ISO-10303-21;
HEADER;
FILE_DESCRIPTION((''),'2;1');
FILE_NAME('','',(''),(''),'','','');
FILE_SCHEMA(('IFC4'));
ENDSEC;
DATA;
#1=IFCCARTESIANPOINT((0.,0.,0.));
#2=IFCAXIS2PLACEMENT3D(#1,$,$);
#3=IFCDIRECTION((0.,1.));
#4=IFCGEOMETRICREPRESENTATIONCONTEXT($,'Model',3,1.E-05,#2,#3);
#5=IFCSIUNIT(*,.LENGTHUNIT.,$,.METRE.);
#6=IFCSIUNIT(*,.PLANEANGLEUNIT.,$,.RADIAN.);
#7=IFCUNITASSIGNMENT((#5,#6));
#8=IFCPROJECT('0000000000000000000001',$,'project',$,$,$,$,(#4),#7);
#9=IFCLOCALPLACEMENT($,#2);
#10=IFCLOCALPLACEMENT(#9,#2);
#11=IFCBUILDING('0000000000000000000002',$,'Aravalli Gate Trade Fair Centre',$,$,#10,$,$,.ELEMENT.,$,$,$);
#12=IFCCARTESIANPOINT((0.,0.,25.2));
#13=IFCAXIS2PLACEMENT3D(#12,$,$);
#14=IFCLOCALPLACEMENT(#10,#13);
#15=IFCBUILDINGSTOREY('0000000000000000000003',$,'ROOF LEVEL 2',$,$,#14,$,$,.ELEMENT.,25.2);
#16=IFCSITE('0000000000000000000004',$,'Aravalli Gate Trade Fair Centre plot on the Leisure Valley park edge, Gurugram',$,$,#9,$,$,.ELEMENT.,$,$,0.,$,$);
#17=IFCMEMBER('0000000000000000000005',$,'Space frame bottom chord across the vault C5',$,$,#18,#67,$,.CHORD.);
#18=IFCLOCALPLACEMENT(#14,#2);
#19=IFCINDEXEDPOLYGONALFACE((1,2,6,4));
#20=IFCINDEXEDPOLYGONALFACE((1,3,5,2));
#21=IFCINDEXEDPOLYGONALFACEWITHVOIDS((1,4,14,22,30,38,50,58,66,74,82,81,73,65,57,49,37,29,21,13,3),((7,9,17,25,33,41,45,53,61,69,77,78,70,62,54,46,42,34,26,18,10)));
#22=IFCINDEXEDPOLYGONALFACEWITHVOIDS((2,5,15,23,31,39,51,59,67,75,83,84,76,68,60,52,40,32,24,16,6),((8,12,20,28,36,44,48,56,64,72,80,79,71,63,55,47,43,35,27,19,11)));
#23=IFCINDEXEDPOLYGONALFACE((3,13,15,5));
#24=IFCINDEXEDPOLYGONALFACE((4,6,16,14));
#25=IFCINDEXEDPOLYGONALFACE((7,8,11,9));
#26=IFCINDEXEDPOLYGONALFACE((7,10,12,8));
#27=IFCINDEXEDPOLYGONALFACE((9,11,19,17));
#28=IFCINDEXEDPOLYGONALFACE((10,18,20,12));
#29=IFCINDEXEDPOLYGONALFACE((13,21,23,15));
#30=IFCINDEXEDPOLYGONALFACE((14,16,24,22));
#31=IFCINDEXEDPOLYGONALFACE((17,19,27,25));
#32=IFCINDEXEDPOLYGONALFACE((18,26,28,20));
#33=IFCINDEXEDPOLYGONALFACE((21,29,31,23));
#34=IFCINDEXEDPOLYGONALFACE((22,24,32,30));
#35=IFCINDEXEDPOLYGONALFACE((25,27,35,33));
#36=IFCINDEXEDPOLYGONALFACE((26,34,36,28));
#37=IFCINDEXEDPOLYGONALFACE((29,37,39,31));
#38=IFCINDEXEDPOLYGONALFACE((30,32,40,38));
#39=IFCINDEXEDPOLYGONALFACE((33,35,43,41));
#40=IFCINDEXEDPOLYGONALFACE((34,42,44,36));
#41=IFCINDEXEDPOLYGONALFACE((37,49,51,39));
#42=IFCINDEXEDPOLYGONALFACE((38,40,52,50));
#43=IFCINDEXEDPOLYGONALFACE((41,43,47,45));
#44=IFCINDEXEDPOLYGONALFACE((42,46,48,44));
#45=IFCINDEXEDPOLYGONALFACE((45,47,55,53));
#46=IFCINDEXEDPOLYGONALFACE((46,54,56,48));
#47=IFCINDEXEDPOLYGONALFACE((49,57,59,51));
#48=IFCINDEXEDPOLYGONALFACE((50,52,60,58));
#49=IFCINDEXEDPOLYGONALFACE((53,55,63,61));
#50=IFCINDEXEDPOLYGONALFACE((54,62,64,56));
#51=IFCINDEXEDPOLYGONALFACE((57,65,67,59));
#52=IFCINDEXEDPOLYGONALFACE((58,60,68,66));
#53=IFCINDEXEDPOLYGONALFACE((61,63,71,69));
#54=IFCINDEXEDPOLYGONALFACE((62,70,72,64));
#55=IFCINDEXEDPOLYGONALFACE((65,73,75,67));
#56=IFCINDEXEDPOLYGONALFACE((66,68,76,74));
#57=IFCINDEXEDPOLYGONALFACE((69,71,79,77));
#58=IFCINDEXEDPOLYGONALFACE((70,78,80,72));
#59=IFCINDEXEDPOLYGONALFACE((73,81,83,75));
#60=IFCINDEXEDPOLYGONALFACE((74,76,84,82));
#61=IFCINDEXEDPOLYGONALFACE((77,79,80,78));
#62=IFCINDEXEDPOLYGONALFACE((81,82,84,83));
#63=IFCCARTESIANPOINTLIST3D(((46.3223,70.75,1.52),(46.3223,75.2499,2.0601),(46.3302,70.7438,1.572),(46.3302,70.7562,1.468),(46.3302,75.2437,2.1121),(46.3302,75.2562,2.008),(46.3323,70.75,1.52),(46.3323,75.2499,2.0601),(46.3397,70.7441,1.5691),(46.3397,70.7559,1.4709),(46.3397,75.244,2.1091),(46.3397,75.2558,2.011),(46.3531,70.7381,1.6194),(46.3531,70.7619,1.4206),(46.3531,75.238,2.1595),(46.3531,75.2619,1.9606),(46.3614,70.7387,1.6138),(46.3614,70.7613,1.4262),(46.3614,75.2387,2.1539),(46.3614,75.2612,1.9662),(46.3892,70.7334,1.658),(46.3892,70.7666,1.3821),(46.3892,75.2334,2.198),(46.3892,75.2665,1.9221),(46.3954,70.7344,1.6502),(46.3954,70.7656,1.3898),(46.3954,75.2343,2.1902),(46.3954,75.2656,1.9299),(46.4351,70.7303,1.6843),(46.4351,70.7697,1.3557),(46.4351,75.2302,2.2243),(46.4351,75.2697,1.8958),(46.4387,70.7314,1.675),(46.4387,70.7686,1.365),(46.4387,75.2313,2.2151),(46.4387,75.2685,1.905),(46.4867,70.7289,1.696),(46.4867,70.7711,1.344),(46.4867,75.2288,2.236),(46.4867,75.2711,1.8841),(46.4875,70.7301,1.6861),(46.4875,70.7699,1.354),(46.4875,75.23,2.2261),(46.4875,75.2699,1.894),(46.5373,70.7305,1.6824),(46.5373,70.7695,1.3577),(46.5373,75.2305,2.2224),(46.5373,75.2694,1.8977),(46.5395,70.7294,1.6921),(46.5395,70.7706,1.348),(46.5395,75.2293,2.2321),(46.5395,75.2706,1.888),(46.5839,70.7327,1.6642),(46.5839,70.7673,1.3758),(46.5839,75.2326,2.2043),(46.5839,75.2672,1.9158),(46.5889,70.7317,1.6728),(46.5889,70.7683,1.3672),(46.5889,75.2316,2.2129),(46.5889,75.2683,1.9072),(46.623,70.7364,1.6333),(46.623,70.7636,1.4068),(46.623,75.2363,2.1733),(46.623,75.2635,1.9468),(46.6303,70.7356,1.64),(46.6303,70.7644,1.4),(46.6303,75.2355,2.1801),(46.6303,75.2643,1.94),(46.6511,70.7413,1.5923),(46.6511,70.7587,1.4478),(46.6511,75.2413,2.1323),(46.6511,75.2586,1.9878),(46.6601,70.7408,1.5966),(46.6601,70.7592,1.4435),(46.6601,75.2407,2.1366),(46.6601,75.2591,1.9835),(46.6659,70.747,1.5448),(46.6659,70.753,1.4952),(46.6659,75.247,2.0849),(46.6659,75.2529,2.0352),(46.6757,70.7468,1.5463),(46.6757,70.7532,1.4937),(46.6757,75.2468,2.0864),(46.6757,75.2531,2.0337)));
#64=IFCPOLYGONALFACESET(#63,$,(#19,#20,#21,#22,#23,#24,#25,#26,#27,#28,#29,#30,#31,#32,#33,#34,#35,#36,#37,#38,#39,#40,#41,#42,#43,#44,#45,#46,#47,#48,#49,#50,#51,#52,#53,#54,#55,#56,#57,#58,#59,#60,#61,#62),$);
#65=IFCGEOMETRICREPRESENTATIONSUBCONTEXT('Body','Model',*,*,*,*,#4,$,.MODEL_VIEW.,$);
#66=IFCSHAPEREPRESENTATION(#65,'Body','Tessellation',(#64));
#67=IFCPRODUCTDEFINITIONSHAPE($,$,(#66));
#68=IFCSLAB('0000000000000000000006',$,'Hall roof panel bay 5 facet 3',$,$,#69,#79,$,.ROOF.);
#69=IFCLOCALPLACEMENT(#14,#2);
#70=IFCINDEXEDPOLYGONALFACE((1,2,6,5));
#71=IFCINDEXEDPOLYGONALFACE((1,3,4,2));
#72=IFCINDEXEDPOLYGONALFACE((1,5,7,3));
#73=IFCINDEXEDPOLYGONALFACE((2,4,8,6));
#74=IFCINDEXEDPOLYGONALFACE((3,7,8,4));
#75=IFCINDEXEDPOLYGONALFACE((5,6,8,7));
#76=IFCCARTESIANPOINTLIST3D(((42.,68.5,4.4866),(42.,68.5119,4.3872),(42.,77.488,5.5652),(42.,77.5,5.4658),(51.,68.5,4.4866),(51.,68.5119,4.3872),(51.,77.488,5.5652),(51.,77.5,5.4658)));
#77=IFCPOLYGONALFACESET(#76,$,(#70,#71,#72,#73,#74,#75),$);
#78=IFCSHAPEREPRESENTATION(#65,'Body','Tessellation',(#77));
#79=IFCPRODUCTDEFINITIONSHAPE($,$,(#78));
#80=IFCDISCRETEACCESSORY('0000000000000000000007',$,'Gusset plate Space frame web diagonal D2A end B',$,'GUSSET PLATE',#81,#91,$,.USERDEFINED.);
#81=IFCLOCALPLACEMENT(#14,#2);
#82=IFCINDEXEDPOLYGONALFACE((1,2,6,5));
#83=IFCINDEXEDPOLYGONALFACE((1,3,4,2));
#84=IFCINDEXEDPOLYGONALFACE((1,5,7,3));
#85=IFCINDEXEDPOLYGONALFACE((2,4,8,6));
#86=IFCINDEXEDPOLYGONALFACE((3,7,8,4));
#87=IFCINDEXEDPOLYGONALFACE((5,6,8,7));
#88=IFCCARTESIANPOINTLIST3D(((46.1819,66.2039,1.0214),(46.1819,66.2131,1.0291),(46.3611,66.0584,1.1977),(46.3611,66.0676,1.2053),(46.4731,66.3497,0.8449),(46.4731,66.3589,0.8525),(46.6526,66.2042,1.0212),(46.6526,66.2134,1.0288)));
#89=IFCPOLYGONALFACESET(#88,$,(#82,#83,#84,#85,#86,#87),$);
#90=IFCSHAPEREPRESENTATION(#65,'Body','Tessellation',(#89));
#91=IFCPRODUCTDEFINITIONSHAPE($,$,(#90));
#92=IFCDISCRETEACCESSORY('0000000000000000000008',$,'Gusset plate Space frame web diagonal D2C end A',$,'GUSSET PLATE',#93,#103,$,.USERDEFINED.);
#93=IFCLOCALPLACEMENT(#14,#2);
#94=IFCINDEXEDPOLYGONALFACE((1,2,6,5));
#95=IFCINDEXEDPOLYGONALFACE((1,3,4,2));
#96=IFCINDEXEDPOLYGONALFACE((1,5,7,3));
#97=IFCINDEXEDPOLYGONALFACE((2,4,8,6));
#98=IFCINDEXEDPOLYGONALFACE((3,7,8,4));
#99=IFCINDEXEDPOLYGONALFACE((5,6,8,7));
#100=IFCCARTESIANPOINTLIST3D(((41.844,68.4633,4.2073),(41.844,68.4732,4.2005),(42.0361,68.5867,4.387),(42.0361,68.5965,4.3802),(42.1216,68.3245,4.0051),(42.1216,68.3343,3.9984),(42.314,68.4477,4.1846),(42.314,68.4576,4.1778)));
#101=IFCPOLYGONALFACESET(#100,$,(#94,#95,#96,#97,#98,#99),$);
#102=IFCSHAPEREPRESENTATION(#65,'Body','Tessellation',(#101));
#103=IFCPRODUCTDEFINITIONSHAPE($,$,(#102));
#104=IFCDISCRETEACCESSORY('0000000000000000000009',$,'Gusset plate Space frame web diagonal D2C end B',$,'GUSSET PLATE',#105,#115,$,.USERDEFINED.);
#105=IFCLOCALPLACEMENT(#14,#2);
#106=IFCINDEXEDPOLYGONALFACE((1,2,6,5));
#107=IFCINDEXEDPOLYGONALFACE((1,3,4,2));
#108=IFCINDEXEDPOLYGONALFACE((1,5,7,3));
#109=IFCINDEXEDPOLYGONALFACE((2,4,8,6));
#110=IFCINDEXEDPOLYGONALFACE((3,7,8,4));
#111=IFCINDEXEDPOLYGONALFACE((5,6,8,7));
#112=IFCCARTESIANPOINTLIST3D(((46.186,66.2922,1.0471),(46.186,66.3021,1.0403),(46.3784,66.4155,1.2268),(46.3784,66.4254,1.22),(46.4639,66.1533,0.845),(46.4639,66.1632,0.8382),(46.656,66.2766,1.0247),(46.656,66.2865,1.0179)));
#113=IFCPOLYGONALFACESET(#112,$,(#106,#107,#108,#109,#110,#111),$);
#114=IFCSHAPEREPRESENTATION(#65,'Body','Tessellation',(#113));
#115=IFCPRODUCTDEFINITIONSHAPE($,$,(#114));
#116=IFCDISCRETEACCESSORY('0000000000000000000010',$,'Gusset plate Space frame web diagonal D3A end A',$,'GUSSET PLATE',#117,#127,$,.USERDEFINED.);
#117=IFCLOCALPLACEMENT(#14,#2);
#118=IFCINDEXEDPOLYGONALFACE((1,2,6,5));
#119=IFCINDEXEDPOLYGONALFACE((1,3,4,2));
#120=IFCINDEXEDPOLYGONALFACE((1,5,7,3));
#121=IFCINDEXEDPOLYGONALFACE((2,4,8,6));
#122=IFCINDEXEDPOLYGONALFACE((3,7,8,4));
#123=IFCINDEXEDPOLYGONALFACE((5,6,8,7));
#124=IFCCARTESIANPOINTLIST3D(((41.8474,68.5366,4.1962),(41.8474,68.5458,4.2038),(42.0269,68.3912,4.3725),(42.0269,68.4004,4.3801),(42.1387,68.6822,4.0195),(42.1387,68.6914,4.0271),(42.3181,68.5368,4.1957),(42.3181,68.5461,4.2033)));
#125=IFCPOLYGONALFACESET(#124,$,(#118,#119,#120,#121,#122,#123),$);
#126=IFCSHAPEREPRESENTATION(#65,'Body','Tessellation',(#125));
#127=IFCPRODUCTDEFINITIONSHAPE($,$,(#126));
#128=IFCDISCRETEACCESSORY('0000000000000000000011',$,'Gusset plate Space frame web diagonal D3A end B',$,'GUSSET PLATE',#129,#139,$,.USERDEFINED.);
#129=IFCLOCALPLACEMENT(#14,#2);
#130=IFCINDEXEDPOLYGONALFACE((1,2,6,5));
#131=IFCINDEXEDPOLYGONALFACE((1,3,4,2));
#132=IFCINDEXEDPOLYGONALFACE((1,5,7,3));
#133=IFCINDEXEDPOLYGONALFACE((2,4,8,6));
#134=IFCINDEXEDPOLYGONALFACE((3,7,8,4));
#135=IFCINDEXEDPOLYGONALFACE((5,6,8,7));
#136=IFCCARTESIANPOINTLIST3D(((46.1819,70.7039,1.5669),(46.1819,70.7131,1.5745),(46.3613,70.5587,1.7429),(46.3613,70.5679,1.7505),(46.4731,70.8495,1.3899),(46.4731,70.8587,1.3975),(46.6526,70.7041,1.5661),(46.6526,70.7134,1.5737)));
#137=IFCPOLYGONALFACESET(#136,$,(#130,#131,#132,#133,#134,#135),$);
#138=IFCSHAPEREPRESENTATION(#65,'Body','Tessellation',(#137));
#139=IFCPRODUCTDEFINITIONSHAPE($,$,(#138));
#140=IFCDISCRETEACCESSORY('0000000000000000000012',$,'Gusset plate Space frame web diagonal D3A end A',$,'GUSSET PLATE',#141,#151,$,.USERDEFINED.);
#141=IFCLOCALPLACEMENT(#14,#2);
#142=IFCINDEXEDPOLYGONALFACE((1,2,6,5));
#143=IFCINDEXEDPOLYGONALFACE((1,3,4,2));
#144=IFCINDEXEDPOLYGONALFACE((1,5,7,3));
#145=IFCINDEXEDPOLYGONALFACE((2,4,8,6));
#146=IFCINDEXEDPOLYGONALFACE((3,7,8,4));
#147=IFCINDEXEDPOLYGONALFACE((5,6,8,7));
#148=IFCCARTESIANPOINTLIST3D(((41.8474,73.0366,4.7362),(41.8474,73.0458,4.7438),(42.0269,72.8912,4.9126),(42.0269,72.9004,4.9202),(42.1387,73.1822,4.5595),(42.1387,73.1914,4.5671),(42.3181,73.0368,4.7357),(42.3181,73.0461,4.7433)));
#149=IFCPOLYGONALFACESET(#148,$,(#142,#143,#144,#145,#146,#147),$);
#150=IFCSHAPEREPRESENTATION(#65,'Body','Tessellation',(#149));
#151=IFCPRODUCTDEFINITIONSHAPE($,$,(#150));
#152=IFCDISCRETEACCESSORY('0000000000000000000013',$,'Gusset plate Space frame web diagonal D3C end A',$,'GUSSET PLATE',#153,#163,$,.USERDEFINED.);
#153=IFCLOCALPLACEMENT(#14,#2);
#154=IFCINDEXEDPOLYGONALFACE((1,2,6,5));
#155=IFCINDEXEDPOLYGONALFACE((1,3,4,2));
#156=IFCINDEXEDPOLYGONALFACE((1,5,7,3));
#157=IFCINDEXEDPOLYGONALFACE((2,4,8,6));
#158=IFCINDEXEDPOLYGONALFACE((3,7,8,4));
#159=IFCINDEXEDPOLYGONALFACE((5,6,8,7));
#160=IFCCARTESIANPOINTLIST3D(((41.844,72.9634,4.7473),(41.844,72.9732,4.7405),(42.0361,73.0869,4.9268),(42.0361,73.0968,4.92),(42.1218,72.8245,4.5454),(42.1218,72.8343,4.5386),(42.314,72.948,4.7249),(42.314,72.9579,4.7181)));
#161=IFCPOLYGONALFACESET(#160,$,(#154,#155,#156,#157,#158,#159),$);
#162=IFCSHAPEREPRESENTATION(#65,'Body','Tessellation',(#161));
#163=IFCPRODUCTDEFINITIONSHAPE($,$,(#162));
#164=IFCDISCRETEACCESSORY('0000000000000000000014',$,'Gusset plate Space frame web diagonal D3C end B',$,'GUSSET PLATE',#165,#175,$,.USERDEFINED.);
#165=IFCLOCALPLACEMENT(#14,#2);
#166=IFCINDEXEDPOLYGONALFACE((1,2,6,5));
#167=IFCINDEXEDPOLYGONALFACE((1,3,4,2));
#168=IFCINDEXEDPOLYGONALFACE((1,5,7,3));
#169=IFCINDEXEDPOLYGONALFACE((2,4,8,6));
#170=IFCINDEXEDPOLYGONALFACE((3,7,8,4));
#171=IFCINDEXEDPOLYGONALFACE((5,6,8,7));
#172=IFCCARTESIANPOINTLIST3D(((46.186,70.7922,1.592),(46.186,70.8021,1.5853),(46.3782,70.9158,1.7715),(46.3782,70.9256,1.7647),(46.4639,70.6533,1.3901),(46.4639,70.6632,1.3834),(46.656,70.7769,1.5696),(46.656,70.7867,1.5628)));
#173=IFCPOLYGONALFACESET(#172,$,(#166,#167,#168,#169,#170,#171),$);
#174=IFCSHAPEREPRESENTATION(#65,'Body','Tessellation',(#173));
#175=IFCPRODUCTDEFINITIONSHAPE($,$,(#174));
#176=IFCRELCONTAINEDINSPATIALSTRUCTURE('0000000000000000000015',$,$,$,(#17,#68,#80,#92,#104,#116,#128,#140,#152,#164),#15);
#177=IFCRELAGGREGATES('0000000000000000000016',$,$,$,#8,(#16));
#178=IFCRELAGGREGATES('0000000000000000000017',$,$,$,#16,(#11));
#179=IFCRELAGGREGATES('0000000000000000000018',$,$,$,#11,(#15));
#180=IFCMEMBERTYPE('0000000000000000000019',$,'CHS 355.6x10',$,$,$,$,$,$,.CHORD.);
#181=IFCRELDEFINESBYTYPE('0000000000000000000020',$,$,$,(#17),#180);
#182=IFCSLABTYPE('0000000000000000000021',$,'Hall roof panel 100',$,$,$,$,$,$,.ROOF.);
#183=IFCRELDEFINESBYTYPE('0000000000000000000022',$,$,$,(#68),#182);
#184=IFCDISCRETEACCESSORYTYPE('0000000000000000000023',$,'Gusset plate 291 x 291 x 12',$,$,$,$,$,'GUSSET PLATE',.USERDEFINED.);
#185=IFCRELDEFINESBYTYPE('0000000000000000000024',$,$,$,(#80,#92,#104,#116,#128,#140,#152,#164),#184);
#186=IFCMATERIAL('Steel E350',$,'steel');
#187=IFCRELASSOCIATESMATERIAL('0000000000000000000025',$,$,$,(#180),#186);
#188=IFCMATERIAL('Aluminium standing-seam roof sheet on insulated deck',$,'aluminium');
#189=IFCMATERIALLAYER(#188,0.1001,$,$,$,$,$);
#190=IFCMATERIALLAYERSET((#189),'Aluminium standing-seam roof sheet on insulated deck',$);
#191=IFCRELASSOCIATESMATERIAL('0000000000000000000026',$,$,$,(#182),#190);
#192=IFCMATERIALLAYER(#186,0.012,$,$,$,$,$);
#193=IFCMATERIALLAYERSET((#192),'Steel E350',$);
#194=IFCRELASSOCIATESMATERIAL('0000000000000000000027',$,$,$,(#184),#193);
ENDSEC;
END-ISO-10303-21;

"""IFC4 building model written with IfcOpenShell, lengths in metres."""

from ifc_helpers import new_model, si_unit, direction, frame, origin, origin_2d, place, context, subcontext, project, spatial, polyline, hollow_circle, outline, extrude, material, layer, layer_set, material_profile, profile_set, type_object, element, save


model = new_model("IFC4")

# Units and contexts
model_context = context("Model", 3, precision=1e-05, world=origin(), true_north=direction((0.0, 1.0)))
body_context = subcontext(model_context, "Body", "Model", "MODEL_VIEW")
ifc_project = project(units=[si_unit("LENGTHUNIT", "METRE"), si_unit("PLANEANGLEUNIT", "RADIAN")], contexts=[model_context])

# Site, building, storey
site_placement = place(None, origin())
site = spatial("IfcSite", under=ifc_project, at=site_placement, Name="Aravalli Gate Trade Fair Centre plot on the Leisure Valley park edge, Gurugram", CompositionType="ELEMENT", RefElevation=0.0)
building_placement = place(site_placement, origin())
building = spatial("IfcBuilding", under=site, at=building_placement, Name="Aravalli Gate Trade Fair Centre", CompositionType="ELEMENT")
storey_placement = place(building_placement, frame((0.0, 0.0, 25.2)))
storey = spatial("IfcBuildingStorey", under=building, at=storey_placement, Name="ROOF LEVEL 2", CompositionType="ELEMENT", Elevation=25.2)

# Member
ifc_material_1 = material(Name="Steel E350", Category="steel")
ifc_material_profile_1 = material_profile(ifc_material_1, hollow_circle(Radius=0.1777, WallThickness=0.01, at=origin_2d()), Name="CHS 355.6x10")
ifc_profile_set_1 = profile_set([ifc_material_profile_1], Name="Steel E350")
member_type_1 = type_object("IfcMemberType", Name="CHS 355.6x10", PredefinedType="CHORD", material=ifc_profile_set_1)
member_1_placement = place(storey_placement, frame((46.5, 70.75, 1.52), z_axis=(0.0, 0.992876, 0.119154), x_axis=(-1.0, 0.0, 0.0)))
element("IfcMember", 1, at=member_1_placement, inside=storey, type_object=member_type_1, Name="Space frame bottom chord across the vault C5", PredefinedType="CHORD", context=body_context, shape_type="SweptSolid", body=[
    extrude(hollow_circle(Radius=0.1777, WallThickness=0.01, at=origin_2d()), origin(), (0.0, 0.0, 1.0), 4.5322),
])

# Slab
ifc_material_2 = material(Name="Aluminium standing-seam roof sheet on insulated deck", Category="aluminium")
ifc_layer_1 = layer(ifc_material_2, 0.1001)
ifc_layer_set_1 = layer_set([ifc_layer_1], Name="Aluminium standing-seam roof sheet on insulated deck")
slab_type = type_object("IfcSlabType", Name="Hall roof panel 100", PredefinedType="ROOF", material=ifc_layer_set_1)
slab_placement = place(storey_placement, frame((42.0, 68.5, 4.4866), z_axis=(0.0, -0.119151, 0.992876), x_axis=(1.0, 0.0, 0.0)))
element("IfcSlab", 2, at=slab_placement, inside=storey, type_object=slab_type, Name="Hall roof panel bay 5 facet 3", PredefinedType="ROOF", context=body_context, shape_type="SweptSolid", body=[
    extrude(outline(polyline([(0.0, 0.0), (9.0, 0.0), (9.0, 9.0525), (0.0, 9.0525), (0.0, 0.0)])), origin(), (0.0, 0.0, -1.0), 0.1001),
])

# Discrete accessories
ifc_layer_2 = layer(ifc_material_1, 0.012)
ifc_layer_set_2 = layer_set([ifc_layer_2], Name="Steel E350")
discrete_accessory_type = type_object("IfcDiscreteAccessoryType", Name="Gusset plate 291 x 291 x 12", ElementType="GUSSET PLATE", PredefinedType="USERDEFINED", material=ifc_layer_set_2)
discrete_accessory_1_placement = place(storey_placement, frame((46.1819, 66.2131, 1.0291), z_axis=(-0.00007, 0.771155, 0.636648), x_axis=(0.786233, 0.393446, -0.476485)))
element("IfcDiscreteAccessory", 3, at=discrete_accessory_1_placement, inside=storey, type_object=discrete_accessory_type, Name="Gusset plate Space frame web diagonal D2A end B", ObjectType="GUSSET PLATE", PredefinedType="USERDEFINED", context=body_context, shape_type="SweptSolid", body=[
    extrude(outline(polyline([(0.0, 0.0), (0.3704, 0.0), (0.3703, -0.2906), (-0.0003, -0.2904), (0.0, 0.0)])), origin(), (0.0, 0.0, -1.0), 0.012),
])
discrete_accessory_2_placement = place(storey_placement, frame((42.1216, 68.3245, 4.0051), z_axis=(-0.000059, -0.824356, 0.566072), x_axis=(-0.749371, 0.374861, 0.545822)))
element("IfcDiscreteAccessory", 4, at=discrete_accessory_2_placement, inside=storey, type_object=discrete_accessory_type, Name="Gusset plate Space frame web diagonal D2C end A", ObjectType="GUSSET PLATE", PredefinedType="USERDEFINED", context=body_context, shape_type="SweptSolid", body=[
    extrude(outline(polyline([(0.0, 0.0), (0.3704, 0.0), (0.3707, -0.2905), (0.0, -0.2905), (0.0, 0.0)])), origin(), (0.0, 0.0, -1.0), 0.012),
])
discrete_accessory_3_placement = place(storey_placement, frame((46.186, 66.2922, 1.0471), z_axis=(-0.000356, -0.824387, 0.566027), x_axis=(0.74966, -0.37483, -0.545447)))
element("IfcDiscreteAccessory", 5, at=discrete_accessory_3_placement, inside=storey, type_object=discrete_accessory_type, Name="Gusset plate Space frame web diagonal D2C end B", ObjectType="GUSSET PLATE", PredefinedType="USERDEFINED", context=body_context, shape_type="SweptSolid", body=[
    extrude(outline(polyline([(0.0, 0.0), (0.3706, 0.0), (0.3704, 0.2905), (0.0, 0.2907), (0.0, 0.0)])), origin(), (0.0, 0.0, -1.0), 0.012),
])
discrete_accessory_4_placement = place(storey_placement, frame((42.1387, 68.6914, 4.0271), z_axis=(0.00026, 0.771582, 0.63613), x_axis=(-0.78619, -0.392962, 0.476956)))
element("IfcDiscreteAccessory", 6, at=discrete_accessory_4_placement, inside=storey, type_object=discrete_accessory_type, Name="Gusset plate Space frame web diagonal D3A end A", ObjectType="GUSSET PLATE", PredefinedType="USERDEFINED", context=body_context, shape_type="SweptSolid", body=[
    extrude(outline(polyline([(0.0, 0.0), (0.3705, 0.0), (0.3706, 0.2906), (0.0001, 0.2905), (0.0, 0.0)])), origin(), (0.0, 0.0, -1.0), 0.012),
])
discrete_accessory_5_placement = place(storey_placement, frame((46.1819, 70.7131, 1.5745), z_axis=(0.000589, 0.771792, 0.635874), x_axis=(0.785943, 0.392803, -0.477493)))
element("IfcDiscreteAccessory", 7, at=discrete_accessory_5_placement, inside=storey, type_object=discrete_accessory_type, Name="Gusset plate Space frame web diagonal D3A end B", ObjectType="GUSSET PLATE", PredefinedType="USERDEFINED", context=body_context, shape_type="SweptSolid", body=[
    extrude(outline(polyline([(0.0, 0.0), (0.3706, 0.0), (0.3704, -0.2905), (-0.0001, -0.2903), (0.0, 0.0)])), origin(), (0.0, 0.0, -1.0), 0.012),
])
discrete_accessory_6_placement = place(storey_placement, frame((42.1387, 73.1914, 4.5671), z_axis=(0.00026, 0.771582, 0.63613), x_axis=(-0.78619, -0.392962, 0.476956)))
element("IfcDiscreteAccessory", 8, at=discrete_accessory_6_placement, inside=storey, type_object=discrete_accessory_type, Name="Gusset plate Space frame web diagonal D3A end A", ObjectType="GUSSET PLATE", PredefinedType="USERDEFINED", context=body_context, shape_type="SweptSolid", body=[
    extrude(outline(polyline([(0.0, 0.0), (0.3705, 0.0), (0.3706, 0.2906), (0.0001, 0.2905), (0.0, 0.0)])), origin(), (0.0, 0.0, -1.0), 0.012),
])
discrete_accessory_7_placement = place(storey_placement, frame((42.1218, 72.8245, 4.5454), z_axis=(0.000137, -0.82375, 0.566952), x_axis=(-0.749929, 0.374965, 0.544984)))
element("IfcDiscreteAccessory", 9, at=discrete_accessory_7_placement, inside=storey, type_object=discrete_accessory_type, Name="Gusset plate Space frame web diagonal D3C end A", ObjectType="GUSSET PLATE", PredefinedType="USERDEFINED", context=body_context, shape_type="SweptSolid", body=[
    extrude(outline(polyline([(0.0, 0.0), (0.3705, 0.0), (0.3705, -0.2905), (0.0, -0.2905), (0.0, 0.0)])), origin(), (0.0, 0.0, -1.0), 0.012),
])
discrete_accessory_8_placement = place(storey_placement, frame((46.186, 70.7922, 1.592), z_axis=(0.000137, -0.82375, 0.566952), x_axis=(0.749929, -0.374965, -0.544984)))
element("IfcDiscreteAccessory", 10, at=discrete_accessory_8_placement, inside=storey, type_object=discrete_accessory_type, Name="Gusset plate Space frame web diagonal D3C end B", ObjectType="GUSSET PLATE", PredefinedType="USERDEFINED", context=body_context, shape_type="SweptSolid", body=[
    extrude(outline(polyline([(0.0, 0.0), (0.3705, 0.0), (0.3705, 0.2905), (0.0, 0.2905), (0.0, 0.0)])), origin(), (0.0, 0.0, -1.0), 0.012),
])

save(model, "model.ifc")
